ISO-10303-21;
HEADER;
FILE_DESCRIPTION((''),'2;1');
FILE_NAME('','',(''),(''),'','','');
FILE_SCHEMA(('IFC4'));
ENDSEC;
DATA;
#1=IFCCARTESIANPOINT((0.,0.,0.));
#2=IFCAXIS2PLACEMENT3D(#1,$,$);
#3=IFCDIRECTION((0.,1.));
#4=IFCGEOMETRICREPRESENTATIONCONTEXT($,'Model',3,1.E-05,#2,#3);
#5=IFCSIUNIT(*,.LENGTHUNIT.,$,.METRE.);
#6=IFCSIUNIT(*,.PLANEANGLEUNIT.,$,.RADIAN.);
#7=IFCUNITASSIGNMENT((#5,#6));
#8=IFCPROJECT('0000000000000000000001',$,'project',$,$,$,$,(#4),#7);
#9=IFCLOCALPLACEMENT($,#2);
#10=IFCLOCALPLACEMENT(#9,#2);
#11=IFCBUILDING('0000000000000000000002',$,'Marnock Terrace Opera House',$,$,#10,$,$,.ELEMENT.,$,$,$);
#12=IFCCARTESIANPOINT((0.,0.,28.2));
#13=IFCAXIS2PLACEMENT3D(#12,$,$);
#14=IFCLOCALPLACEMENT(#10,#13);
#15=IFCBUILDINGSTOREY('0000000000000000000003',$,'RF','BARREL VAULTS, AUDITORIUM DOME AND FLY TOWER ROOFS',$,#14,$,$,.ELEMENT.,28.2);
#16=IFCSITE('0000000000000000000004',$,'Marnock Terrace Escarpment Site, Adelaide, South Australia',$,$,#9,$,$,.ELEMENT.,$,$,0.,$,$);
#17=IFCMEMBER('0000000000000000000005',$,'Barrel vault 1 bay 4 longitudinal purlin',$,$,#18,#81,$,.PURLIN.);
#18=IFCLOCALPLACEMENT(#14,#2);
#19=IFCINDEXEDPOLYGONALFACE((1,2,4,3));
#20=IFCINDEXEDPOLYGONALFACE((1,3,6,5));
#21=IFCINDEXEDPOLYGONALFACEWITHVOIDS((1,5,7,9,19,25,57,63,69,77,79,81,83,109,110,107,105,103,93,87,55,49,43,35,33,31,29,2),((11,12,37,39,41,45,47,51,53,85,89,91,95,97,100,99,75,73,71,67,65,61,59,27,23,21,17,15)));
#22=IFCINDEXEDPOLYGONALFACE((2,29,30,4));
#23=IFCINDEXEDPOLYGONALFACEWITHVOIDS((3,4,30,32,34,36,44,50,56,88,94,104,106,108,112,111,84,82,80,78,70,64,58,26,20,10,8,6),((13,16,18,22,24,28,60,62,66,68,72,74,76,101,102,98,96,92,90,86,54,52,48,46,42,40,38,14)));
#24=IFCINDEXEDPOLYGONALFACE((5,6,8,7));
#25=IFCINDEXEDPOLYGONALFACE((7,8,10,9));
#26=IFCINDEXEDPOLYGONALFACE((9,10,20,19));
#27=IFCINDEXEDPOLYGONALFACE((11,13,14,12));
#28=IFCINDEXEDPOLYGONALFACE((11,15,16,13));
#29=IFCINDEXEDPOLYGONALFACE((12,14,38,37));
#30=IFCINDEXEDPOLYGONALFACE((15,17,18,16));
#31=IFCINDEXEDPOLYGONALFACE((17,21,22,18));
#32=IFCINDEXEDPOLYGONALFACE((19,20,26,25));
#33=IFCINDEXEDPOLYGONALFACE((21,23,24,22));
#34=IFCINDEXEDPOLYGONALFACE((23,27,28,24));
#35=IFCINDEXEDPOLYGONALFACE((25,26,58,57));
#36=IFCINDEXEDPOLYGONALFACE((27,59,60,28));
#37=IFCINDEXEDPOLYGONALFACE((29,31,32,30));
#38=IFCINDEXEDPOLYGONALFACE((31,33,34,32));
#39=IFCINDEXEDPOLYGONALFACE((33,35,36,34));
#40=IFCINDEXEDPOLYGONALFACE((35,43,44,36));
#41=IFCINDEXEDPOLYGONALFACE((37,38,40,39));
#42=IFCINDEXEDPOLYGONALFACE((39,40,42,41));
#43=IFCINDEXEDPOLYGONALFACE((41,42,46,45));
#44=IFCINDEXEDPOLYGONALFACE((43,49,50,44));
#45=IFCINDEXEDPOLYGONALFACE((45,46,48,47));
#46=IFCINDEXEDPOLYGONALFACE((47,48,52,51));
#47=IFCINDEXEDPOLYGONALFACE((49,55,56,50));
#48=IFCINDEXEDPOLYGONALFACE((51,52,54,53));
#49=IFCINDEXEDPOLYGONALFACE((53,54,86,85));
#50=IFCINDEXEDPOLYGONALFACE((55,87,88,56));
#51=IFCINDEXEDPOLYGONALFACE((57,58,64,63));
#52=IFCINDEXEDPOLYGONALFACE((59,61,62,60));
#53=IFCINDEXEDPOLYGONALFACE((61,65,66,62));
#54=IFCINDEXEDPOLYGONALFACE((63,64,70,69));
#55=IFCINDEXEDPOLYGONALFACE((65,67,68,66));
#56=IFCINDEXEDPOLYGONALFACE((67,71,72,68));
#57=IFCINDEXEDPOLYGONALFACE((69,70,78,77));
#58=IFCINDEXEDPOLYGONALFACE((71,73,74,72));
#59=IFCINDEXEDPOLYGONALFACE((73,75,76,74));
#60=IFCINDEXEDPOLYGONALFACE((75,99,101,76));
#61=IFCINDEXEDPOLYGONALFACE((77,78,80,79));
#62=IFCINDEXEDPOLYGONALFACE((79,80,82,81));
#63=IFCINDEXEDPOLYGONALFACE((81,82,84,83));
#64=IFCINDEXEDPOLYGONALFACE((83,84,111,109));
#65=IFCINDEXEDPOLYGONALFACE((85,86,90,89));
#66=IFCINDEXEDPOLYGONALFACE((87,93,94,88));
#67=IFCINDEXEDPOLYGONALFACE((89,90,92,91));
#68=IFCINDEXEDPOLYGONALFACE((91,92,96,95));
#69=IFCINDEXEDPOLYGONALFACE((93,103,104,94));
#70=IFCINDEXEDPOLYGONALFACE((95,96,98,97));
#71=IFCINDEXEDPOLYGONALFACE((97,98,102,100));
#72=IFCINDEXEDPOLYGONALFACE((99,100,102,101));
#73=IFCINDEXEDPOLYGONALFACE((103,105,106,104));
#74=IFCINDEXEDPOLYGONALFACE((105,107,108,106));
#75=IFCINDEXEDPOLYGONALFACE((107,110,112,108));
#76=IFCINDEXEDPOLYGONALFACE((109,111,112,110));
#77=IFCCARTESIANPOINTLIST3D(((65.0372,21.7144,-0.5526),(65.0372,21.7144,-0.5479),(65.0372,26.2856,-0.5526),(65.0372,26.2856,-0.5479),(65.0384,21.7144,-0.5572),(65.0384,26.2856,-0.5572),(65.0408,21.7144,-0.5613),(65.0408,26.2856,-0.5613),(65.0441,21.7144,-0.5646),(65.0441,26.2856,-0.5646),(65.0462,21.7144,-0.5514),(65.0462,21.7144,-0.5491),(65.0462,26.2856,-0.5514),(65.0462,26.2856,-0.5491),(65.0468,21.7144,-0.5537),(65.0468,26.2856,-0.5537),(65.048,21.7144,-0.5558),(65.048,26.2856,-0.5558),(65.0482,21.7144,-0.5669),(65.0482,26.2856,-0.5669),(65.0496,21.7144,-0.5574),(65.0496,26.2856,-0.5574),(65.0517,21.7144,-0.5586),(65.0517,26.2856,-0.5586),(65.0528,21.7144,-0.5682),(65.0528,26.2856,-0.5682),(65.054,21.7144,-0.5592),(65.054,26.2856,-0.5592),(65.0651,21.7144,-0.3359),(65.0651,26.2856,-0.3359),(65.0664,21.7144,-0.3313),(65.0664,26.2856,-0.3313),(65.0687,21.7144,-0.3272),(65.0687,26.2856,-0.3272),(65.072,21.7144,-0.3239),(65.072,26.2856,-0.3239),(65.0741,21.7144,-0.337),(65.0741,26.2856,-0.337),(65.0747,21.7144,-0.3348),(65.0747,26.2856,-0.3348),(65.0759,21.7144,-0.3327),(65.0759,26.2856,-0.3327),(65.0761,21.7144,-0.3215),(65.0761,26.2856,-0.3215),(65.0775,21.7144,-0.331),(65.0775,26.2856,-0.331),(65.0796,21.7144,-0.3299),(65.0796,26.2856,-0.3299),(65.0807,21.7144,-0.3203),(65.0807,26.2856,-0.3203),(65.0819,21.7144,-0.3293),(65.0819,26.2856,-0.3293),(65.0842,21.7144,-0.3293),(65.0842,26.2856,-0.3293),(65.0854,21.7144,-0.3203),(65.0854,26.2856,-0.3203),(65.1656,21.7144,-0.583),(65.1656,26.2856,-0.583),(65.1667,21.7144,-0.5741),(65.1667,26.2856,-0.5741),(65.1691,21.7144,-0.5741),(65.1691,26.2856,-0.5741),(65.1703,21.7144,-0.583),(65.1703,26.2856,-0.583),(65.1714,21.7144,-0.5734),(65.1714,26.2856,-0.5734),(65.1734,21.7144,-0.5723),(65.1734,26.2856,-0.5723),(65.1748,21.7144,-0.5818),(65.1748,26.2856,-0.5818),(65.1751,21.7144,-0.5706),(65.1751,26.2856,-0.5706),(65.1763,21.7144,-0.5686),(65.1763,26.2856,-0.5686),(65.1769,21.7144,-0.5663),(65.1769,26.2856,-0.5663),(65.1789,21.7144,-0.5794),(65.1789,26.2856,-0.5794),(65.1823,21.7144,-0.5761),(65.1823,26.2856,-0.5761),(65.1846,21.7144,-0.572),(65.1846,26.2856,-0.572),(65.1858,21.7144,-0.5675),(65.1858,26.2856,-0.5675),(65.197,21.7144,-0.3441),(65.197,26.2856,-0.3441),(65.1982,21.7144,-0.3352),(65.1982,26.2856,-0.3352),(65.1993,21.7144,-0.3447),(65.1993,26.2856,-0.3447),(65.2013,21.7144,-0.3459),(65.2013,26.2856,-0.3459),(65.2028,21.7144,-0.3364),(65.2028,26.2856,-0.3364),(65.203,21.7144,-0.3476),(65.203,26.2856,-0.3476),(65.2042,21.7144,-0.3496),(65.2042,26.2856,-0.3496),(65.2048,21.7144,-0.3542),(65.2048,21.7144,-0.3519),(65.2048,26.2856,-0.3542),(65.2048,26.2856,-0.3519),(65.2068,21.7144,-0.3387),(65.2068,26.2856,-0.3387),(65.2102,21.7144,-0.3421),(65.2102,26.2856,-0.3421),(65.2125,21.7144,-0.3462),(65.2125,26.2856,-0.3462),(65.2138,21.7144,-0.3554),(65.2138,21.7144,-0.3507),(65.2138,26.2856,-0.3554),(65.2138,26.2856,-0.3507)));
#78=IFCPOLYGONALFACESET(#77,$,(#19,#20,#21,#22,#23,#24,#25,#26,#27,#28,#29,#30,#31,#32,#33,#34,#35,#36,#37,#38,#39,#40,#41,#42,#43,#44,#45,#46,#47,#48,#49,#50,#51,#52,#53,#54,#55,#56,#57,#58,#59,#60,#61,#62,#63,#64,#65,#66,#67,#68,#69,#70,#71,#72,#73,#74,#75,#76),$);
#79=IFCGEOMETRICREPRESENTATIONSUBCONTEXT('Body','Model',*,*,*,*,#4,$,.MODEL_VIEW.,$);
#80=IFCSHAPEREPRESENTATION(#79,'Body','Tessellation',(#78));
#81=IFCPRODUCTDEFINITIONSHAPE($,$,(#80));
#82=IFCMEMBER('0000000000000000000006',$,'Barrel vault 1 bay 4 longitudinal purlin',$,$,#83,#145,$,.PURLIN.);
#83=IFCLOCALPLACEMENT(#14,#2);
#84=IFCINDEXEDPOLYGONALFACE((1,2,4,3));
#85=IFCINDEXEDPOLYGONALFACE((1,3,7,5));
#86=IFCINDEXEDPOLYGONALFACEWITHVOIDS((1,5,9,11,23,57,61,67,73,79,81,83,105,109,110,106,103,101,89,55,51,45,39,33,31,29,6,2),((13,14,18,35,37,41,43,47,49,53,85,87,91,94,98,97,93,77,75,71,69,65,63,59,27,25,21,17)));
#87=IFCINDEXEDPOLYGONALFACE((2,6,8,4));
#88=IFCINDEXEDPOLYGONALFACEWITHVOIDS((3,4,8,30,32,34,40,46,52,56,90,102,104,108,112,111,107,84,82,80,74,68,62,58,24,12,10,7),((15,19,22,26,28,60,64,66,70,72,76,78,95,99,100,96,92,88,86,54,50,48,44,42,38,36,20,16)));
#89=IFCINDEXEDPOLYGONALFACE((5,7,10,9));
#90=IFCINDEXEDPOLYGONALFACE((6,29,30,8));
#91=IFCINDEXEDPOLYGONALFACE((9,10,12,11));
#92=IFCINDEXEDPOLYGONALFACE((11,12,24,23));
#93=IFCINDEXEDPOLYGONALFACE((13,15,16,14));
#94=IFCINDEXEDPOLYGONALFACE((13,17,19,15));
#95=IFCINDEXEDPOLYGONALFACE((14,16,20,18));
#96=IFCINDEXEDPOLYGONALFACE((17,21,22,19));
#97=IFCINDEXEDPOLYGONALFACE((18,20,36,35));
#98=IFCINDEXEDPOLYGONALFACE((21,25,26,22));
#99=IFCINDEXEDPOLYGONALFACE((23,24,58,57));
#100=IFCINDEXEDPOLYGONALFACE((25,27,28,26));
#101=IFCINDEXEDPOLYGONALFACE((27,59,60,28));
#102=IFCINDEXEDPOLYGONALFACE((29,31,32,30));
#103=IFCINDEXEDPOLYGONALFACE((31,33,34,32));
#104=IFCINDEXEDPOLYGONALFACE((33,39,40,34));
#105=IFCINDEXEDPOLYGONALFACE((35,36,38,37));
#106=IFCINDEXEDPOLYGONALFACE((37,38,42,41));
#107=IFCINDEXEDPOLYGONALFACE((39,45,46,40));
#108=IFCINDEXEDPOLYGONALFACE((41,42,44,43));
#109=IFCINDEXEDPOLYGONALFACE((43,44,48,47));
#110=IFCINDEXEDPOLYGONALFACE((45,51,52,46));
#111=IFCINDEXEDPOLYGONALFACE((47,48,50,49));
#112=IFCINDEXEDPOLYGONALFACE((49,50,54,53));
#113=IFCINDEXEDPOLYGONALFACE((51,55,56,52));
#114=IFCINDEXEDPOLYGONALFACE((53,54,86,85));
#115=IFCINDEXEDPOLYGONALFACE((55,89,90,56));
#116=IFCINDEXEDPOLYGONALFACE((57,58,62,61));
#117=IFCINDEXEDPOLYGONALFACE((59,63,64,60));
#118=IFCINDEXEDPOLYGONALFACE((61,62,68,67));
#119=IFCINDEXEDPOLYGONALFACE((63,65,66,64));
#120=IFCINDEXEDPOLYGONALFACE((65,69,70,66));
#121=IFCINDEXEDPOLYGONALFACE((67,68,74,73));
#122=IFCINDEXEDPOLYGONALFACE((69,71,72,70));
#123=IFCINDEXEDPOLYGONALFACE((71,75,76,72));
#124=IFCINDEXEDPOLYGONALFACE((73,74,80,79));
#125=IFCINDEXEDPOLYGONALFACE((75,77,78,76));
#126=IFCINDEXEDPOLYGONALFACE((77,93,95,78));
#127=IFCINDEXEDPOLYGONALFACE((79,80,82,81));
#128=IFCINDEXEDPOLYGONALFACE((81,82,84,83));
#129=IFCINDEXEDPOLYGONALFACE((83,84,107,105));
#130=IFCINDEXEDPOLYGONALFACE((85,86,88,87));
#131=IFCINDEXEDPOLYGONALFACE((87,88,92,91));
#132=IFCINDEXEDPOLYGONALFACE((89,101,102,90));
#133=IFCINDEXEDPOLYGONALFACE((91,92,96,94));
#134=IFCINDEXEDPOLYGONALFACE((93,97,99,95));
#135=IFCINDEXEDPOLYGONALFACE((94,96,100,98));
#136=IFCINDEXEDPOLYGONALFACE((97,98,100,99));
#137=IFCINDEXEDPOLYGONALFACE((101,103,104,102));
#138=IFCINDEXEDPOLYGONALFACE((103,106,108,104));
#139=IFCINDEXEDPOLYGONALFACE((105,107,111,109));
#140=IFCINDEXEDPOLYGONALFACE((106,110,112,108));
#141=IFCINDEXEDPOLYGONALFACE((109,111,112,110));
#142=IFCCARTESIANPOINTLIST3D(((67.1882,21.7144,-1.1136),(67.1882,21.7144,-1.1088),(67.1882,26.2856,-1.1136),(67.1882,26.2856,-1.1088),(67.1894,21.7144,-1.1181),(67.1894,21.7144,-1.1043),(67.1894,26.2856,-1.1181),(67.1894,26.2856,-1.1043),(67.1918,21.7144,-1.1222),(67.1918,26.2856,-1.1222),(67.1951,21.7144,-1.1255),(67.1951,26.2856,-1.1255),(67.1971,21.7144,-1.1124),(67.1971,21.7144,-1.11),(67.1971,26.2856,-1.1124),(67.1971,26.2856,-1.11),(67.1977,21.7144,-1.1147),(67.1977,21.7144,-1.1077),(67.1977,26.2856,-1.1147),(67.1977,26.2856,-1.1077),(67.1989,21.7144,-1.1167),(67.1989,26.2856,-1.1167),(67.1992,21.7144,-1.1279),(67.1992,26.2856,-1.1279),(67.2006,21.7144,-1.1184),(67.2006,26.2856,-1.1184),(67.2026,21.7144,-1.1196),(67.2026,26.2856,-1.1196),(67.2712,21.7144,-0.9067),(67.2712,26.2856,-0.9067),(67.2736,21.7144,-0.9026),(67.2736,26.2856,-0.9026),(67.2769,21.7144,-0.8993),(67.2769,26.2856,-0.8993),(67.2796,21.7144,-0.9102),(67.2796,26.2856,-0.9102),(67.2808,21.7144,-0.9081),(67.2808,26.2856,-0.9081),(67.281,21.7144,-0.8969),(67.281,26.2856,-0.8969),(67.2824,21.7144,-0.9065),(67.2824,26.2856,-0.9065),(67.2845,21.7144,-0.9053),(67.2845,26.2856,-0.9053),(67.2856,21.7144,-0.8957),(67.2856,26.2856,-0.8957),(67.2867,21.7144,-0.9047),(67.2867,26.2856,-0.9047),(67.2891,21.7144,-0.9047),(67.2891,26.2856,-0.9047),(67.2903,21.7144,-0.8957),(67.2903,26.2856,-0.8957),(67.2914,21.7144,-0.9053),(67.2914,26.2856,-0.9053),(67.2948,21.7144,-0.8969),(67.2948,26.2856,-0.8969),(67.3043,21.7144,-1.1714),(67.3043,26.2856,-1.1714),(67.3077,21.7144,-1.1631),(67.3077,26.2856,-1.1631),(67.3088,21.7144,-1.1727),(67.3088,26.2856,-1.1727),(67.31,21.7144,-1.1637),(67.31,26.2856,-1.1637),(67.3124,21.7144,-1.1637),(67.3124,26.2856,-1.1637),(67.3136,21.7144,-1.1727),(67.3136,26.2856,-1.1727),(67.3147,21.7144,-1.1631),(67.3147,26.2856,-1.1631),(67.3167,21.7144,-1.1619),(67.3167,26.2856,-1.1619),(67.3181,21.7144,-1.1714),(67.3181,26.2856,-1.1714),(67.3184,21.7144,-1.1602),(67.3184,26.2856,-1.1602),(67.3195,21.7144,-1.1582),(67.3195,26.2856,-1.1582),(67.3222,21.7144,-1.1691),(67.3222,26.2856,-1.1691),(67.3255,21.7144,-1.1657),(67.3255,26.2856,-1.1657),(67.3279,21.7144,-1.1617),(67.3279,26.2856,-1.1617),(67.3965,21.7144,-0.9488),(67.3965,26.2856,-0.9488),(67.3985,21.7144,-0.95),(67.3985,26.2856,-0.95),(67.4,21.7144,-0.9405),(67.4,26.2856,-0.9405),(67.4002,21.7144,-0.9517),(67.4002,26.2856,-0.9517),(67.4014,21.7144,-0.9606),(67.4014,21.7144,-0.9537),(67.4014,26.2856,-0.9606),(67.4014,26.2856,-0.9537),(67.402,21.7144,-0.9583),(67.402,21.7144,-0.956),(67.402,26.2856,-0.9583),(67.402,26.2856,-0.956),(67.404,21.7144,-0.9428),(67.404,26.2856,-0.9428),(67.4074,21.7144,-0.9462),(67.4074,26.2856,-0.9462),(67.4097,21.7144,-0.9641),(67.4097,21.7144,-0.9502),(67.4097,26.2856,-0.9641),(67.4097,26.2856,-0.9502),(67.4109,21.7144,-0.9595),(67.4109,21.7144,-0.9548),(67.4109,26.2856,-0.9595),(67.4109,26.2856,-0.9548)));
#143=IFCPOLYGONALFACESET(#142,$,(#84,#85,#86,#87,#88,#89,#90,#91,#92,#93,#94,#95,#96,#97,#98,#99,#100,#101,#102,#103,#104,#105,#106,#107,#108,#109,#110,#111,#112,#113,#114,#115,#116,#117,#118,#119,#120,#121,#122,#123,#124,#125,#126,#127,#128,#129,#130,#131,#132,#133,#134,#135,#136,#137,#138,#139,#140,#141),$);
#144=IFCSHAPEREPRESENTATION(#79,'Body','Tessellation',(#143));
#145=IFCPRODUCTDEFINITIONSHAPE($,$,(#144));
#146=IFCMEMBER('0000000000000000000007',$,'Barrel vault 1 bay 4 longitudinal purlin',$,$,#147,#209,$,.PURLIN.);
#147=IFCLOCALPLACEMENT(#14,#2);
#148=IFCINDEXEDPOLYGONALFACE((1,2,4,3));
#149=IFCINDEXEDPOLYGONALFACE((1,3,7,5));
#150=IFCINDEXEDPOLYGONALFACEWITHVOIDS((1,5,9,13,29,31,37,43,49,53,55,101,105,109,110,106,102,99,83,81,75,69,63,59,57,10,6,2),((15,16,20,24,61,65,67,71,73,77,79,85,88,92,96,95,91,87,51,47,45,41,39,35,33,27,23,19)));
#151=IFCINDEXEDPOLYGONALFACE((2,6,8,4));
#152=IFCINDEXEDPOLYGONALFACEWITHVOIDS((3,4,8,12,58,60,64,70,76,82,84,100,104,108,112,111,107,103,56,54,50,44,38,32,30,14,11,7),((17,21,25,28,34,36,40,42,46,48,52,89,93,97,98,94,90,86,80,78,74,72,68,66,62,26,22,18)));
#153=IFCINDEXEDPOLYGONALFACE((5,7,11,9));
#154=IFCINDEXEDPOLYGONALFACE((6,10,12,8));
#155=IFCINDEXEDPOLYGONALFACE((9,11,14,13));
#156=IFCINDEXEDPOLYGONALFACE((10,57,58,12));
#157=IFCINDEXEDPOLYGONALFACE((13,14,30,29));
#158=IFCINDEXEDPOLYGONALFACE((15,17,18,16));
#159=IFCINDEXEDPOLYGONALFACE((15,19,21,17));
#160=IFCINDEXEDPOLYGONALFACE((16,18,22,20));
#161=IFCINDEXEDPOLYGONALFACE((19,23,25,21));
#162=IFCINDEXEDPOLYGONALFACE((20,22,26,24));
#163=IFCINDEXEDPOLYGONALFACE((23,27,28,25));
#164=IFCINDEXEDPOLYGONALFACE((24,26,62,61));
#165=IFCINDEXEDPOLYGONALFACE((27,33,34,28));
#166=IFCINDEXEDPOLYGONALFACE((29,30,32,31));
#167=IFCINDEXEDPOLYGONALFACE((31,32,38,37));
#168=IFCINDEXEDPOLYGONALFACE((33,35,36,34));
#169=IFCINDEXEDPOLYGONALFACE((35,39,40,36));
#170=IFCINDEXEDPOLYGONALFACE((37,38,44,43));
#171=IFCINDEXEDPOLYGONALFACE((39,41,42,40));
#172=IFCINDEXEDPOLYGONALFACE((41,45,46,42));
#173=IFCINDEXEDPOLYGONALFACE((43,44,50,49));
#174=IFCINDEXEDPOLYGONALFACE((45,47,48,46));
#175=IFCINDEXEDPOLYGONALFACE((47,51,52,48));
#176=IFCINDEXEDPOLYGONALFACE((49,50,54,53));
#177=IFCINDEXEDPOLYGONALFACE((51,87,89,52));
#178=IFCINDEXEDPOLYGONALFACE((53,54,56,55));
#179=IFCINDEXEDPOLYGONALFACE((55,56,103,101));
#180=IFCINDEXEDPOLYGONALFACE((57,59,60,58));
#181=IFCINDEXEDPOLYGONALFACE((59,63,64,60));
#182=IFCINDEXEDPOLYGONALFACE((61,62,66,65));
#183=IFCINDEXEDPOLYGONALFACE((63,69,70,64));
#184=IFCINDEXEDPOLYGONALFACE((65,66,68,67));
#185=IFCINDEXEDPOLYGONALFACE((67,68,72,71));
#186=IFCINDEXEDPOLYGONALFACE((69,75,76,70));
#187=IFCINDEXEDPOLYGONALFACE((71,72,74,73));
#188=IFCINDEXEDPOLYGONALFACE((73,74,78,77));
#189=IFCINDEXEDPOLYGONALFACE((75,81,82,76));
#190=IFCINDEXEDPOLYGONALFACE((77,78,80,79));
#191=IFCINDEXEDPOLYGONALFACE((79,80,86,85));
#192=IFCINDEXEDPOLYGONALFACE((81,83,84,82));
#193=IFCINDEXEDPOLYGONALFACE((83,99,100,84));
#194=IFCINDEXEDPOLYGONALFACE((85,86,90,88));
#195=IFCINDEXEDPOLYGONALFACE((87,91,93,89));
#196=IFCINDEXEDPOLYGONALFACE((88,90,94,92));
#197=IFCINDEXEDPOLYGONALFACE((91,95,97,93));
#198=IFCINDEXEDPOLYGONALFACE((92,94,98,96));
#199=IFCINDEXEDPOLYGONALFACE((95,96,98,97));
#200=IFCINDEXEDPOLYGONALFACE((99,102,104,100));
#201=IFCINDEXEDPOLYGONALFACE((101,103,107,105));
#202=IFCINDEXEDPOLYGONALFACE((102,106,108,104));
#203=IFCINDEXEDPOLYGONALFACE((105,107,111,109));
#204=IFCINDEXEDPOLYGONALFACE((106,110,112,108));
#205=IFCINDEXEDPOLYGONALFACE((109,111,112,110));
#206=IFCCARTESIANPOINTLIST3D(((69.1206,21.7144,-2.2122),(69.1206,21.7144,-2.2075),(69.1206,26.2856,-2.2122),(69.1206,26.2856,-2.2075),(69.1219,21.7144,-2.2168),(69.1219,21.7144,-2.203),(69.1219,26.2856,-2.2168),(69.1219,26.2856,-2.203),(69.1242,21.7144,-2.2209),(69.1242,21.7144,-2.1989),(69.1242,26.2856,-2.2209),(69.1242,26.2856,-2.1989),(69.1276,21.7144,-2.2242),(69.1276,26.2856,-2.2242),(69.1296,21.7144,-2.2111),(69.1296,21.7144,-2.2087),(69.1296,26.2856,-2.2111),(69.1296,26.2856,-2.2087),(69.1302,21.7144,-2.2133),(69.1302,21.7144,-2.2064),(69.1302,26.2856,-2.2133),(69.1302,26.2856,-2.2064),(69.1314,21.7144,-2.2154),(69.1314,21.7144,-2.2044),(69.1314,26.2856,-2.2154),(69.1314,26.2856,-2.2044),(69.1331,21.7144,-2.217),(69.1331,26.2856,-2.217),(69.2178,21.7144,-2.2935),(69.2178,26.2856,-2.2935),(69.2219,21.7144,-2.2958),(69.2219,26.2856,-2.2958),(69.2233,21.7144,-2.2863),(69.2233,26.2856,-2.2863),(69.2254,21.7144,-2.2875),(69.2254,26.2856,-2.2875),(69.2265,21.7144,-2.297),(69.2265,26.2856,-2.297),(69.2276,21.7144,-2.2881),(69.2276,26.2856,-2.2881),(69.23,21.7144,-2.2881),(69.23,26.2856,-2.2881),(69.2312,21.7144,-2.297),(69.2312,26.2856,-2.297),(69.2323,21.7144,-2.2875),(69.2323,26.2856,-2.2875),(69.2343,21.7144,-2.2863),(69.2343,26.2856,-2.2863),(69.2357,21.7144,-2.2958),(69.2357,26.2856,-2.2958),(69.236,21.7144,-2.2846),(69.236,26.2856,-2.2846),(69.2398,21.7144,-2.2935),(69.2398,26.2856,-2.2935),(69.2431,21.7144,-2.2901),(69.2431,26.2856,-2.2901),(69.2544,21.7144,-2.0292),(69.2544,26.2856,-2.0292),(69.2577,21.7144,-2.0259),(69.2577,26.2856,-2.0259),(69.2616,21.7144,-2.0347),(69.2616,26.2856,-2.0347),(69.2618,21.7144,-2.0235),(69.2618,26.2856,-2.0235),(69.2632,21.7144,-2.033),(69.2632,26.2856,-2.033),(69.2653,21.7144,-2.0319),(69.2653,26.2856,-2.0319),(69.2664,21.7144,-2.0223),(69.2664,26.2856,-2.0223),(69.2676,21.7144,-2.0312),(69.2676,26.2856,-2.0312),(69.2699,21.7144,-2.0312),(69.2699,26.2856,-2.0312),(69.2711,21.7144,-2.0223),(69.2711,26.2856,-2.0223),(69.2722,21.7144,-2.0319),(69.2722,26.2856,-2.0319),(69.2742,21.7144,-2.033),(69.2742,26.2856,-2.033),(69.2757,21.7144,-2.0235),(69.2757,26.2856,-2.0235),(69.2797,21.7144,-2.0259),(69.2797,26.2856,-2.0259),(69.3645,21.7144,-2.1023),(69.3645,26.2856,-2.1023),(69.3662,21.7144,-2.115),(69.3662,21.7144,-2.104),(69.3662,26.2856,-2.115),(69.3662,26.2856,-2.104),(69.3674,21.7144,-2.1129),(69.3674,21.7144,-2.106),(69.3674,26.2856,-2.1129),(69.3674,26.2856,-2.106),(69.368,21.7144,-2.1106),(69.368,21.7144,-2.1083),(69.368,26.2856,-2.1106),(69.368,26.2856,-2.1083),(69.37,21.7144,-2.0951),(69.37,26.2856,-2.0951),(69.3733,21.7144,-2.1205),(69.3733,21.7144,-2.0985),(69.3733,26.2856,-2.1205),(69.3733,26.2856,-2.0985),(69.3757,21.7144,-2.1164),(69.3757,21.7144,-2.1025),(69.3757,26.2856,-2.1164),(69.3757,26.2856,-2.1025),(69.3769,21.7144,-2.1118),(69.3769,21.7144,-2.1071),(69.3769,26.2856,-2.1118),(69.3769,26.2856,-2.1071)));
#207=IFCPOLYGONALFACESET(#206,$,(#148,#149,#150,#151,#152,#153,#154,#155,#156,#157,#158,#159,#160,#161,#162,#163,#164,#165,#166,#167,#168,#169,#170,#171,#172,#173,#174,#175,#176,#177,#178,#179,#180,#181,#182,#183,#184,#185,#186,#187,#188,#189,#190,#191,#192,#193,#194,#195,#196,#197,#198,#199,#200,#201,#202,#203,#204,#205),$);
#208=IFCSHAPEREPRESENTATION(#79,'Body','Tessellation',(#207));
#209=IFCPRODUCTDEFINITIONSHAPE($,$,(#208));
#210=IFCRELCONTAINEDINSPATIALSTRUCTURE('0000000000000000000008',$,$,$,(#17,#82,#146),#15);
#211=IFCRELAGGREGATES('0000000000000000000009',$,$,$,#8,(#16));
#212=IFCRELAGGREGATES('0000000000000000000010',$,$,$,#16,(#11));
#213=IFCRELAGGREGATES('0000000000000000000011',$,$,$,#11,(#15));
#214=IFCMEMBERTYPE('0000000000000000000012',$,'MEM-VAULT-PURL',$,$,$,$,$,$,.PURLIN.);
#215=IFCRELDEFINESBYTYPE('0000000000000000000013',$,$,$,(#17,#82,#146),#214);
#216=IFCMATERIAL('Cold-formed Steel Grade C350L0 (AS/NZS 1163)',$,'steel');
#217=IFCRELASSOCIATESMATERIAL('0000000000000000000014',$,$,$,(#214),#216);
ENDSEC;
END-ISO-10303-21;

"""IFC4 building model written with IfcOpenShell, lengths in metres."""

from ifc_helpers import new_model, si_unit, direction, frame, origin, origin_2d, place, context, subcontext, project, spatial, hollow_rectangle, extrude, material, material_profile, profile_set, type_object, element, save


model = new_model("IFC4")

# Units and contexts
model_context = context("Model", 3, precision=1e-05, world=origin(), true_north=direction((0.0, 1.0)))
body_context = subcontext(model_context, "Body", "Model", "MODEL_VIEW")
ifc_project = project(units=[si_unit("LENGTHUNIT", "METRE"), si_unit("PLANEANGLEUNIT", "RADIAN")], contexts=[model_context])

# Site, building, storey
site_placement = place(None, origin())
site = spatial("IfcSite", under=ifc_project, at=site_placement, Name="Marnock Terrace Escarpment Site, Adelaide, South Australia", CompositionType="ELEMENT", RefElevation=0.0)
building_placement = place(site_placement, origin())
building = spatial("IfcBuilding", under=site, at=building_placement, Name="Marnock Terrace Opera House", CompositionType="ELEMENT")
storey_placement = place(building_placement, frame((0.0, 0.0, 28.2)))
storey = spatial("IfcBuildingStorey", under=building, at=storey_placement, Name="RF", Description="BARREL VAULTS, AUDITORIUM DOME AND FLY TOWER ROOFS", CompositionType="ELEMENT", Elevation=28.2)

# Members
ifc_material_1 = material(Name="Cold-formed Steel Grade C350L0 (AS/NZS 1163)", Category="steel")
ifc_material_profile_1 = material_profile(ifc_material_1, hollow_rectangle(XDim=0.1499, YDim=0.25, WallThickness=0.009, InnerFilletRadius=0.009, OuterFilletRadius=0.0181, at=origin_2d()))
ifc_profile_set_1 = profile_set([ifc_material_profile_1], Name="Cold-formed Steel Grade C350L0 (AS/NZS 1163)")
member_type_1 = type_object("IfcMemberType", Name="MEM-VAULT-PURL", PredefinedType="PURLIN", material=ifc_profile_set_1)
for number, where, z_axis, x_axis, name in (
    (1, (65.1255, 21.7144, -0.4517), (0.0, 1.0, 0.0), (-0.991445, 0.0, 0.130526), "Barrel vault 1 bay 4 longitudinal purlin"),
    (2, (67.2996, 21.7144, -1.0342), (0.0, 1.0, 0.0), (-0.92388, 0.0, 0.382683), "Barrel vault 1 bay 4 longitudinal purlin"),
    (3, (69.2488, 21.7144, -2.1597), (0.0, 1.0, 0.0), (-0.793353, 0.0, 0.608761), "Barrel vault 1 bay 4 longitudinal purlin"),
):
    element("IfcMember", number, at=place(storey_placement, frame(where, z_axis=z_axis, x_axis=x_axis)), inside=storey, type_object=member_type_1, Name=name, PredefinedType="PURLIN", context=body_context, shape_type="SweptSolid", body=[
        extrude(hollow_rectangle(XDim=0.1499, YDim=0.25, WallThickness=0.009, InnerFilletRadius=0.009, OuterFilletRadius=0.0181, at=origin_2d()), origin(), (0.0, 0.0, 1.0), 4.5713),
    ])

save(model, "model.ifc")
